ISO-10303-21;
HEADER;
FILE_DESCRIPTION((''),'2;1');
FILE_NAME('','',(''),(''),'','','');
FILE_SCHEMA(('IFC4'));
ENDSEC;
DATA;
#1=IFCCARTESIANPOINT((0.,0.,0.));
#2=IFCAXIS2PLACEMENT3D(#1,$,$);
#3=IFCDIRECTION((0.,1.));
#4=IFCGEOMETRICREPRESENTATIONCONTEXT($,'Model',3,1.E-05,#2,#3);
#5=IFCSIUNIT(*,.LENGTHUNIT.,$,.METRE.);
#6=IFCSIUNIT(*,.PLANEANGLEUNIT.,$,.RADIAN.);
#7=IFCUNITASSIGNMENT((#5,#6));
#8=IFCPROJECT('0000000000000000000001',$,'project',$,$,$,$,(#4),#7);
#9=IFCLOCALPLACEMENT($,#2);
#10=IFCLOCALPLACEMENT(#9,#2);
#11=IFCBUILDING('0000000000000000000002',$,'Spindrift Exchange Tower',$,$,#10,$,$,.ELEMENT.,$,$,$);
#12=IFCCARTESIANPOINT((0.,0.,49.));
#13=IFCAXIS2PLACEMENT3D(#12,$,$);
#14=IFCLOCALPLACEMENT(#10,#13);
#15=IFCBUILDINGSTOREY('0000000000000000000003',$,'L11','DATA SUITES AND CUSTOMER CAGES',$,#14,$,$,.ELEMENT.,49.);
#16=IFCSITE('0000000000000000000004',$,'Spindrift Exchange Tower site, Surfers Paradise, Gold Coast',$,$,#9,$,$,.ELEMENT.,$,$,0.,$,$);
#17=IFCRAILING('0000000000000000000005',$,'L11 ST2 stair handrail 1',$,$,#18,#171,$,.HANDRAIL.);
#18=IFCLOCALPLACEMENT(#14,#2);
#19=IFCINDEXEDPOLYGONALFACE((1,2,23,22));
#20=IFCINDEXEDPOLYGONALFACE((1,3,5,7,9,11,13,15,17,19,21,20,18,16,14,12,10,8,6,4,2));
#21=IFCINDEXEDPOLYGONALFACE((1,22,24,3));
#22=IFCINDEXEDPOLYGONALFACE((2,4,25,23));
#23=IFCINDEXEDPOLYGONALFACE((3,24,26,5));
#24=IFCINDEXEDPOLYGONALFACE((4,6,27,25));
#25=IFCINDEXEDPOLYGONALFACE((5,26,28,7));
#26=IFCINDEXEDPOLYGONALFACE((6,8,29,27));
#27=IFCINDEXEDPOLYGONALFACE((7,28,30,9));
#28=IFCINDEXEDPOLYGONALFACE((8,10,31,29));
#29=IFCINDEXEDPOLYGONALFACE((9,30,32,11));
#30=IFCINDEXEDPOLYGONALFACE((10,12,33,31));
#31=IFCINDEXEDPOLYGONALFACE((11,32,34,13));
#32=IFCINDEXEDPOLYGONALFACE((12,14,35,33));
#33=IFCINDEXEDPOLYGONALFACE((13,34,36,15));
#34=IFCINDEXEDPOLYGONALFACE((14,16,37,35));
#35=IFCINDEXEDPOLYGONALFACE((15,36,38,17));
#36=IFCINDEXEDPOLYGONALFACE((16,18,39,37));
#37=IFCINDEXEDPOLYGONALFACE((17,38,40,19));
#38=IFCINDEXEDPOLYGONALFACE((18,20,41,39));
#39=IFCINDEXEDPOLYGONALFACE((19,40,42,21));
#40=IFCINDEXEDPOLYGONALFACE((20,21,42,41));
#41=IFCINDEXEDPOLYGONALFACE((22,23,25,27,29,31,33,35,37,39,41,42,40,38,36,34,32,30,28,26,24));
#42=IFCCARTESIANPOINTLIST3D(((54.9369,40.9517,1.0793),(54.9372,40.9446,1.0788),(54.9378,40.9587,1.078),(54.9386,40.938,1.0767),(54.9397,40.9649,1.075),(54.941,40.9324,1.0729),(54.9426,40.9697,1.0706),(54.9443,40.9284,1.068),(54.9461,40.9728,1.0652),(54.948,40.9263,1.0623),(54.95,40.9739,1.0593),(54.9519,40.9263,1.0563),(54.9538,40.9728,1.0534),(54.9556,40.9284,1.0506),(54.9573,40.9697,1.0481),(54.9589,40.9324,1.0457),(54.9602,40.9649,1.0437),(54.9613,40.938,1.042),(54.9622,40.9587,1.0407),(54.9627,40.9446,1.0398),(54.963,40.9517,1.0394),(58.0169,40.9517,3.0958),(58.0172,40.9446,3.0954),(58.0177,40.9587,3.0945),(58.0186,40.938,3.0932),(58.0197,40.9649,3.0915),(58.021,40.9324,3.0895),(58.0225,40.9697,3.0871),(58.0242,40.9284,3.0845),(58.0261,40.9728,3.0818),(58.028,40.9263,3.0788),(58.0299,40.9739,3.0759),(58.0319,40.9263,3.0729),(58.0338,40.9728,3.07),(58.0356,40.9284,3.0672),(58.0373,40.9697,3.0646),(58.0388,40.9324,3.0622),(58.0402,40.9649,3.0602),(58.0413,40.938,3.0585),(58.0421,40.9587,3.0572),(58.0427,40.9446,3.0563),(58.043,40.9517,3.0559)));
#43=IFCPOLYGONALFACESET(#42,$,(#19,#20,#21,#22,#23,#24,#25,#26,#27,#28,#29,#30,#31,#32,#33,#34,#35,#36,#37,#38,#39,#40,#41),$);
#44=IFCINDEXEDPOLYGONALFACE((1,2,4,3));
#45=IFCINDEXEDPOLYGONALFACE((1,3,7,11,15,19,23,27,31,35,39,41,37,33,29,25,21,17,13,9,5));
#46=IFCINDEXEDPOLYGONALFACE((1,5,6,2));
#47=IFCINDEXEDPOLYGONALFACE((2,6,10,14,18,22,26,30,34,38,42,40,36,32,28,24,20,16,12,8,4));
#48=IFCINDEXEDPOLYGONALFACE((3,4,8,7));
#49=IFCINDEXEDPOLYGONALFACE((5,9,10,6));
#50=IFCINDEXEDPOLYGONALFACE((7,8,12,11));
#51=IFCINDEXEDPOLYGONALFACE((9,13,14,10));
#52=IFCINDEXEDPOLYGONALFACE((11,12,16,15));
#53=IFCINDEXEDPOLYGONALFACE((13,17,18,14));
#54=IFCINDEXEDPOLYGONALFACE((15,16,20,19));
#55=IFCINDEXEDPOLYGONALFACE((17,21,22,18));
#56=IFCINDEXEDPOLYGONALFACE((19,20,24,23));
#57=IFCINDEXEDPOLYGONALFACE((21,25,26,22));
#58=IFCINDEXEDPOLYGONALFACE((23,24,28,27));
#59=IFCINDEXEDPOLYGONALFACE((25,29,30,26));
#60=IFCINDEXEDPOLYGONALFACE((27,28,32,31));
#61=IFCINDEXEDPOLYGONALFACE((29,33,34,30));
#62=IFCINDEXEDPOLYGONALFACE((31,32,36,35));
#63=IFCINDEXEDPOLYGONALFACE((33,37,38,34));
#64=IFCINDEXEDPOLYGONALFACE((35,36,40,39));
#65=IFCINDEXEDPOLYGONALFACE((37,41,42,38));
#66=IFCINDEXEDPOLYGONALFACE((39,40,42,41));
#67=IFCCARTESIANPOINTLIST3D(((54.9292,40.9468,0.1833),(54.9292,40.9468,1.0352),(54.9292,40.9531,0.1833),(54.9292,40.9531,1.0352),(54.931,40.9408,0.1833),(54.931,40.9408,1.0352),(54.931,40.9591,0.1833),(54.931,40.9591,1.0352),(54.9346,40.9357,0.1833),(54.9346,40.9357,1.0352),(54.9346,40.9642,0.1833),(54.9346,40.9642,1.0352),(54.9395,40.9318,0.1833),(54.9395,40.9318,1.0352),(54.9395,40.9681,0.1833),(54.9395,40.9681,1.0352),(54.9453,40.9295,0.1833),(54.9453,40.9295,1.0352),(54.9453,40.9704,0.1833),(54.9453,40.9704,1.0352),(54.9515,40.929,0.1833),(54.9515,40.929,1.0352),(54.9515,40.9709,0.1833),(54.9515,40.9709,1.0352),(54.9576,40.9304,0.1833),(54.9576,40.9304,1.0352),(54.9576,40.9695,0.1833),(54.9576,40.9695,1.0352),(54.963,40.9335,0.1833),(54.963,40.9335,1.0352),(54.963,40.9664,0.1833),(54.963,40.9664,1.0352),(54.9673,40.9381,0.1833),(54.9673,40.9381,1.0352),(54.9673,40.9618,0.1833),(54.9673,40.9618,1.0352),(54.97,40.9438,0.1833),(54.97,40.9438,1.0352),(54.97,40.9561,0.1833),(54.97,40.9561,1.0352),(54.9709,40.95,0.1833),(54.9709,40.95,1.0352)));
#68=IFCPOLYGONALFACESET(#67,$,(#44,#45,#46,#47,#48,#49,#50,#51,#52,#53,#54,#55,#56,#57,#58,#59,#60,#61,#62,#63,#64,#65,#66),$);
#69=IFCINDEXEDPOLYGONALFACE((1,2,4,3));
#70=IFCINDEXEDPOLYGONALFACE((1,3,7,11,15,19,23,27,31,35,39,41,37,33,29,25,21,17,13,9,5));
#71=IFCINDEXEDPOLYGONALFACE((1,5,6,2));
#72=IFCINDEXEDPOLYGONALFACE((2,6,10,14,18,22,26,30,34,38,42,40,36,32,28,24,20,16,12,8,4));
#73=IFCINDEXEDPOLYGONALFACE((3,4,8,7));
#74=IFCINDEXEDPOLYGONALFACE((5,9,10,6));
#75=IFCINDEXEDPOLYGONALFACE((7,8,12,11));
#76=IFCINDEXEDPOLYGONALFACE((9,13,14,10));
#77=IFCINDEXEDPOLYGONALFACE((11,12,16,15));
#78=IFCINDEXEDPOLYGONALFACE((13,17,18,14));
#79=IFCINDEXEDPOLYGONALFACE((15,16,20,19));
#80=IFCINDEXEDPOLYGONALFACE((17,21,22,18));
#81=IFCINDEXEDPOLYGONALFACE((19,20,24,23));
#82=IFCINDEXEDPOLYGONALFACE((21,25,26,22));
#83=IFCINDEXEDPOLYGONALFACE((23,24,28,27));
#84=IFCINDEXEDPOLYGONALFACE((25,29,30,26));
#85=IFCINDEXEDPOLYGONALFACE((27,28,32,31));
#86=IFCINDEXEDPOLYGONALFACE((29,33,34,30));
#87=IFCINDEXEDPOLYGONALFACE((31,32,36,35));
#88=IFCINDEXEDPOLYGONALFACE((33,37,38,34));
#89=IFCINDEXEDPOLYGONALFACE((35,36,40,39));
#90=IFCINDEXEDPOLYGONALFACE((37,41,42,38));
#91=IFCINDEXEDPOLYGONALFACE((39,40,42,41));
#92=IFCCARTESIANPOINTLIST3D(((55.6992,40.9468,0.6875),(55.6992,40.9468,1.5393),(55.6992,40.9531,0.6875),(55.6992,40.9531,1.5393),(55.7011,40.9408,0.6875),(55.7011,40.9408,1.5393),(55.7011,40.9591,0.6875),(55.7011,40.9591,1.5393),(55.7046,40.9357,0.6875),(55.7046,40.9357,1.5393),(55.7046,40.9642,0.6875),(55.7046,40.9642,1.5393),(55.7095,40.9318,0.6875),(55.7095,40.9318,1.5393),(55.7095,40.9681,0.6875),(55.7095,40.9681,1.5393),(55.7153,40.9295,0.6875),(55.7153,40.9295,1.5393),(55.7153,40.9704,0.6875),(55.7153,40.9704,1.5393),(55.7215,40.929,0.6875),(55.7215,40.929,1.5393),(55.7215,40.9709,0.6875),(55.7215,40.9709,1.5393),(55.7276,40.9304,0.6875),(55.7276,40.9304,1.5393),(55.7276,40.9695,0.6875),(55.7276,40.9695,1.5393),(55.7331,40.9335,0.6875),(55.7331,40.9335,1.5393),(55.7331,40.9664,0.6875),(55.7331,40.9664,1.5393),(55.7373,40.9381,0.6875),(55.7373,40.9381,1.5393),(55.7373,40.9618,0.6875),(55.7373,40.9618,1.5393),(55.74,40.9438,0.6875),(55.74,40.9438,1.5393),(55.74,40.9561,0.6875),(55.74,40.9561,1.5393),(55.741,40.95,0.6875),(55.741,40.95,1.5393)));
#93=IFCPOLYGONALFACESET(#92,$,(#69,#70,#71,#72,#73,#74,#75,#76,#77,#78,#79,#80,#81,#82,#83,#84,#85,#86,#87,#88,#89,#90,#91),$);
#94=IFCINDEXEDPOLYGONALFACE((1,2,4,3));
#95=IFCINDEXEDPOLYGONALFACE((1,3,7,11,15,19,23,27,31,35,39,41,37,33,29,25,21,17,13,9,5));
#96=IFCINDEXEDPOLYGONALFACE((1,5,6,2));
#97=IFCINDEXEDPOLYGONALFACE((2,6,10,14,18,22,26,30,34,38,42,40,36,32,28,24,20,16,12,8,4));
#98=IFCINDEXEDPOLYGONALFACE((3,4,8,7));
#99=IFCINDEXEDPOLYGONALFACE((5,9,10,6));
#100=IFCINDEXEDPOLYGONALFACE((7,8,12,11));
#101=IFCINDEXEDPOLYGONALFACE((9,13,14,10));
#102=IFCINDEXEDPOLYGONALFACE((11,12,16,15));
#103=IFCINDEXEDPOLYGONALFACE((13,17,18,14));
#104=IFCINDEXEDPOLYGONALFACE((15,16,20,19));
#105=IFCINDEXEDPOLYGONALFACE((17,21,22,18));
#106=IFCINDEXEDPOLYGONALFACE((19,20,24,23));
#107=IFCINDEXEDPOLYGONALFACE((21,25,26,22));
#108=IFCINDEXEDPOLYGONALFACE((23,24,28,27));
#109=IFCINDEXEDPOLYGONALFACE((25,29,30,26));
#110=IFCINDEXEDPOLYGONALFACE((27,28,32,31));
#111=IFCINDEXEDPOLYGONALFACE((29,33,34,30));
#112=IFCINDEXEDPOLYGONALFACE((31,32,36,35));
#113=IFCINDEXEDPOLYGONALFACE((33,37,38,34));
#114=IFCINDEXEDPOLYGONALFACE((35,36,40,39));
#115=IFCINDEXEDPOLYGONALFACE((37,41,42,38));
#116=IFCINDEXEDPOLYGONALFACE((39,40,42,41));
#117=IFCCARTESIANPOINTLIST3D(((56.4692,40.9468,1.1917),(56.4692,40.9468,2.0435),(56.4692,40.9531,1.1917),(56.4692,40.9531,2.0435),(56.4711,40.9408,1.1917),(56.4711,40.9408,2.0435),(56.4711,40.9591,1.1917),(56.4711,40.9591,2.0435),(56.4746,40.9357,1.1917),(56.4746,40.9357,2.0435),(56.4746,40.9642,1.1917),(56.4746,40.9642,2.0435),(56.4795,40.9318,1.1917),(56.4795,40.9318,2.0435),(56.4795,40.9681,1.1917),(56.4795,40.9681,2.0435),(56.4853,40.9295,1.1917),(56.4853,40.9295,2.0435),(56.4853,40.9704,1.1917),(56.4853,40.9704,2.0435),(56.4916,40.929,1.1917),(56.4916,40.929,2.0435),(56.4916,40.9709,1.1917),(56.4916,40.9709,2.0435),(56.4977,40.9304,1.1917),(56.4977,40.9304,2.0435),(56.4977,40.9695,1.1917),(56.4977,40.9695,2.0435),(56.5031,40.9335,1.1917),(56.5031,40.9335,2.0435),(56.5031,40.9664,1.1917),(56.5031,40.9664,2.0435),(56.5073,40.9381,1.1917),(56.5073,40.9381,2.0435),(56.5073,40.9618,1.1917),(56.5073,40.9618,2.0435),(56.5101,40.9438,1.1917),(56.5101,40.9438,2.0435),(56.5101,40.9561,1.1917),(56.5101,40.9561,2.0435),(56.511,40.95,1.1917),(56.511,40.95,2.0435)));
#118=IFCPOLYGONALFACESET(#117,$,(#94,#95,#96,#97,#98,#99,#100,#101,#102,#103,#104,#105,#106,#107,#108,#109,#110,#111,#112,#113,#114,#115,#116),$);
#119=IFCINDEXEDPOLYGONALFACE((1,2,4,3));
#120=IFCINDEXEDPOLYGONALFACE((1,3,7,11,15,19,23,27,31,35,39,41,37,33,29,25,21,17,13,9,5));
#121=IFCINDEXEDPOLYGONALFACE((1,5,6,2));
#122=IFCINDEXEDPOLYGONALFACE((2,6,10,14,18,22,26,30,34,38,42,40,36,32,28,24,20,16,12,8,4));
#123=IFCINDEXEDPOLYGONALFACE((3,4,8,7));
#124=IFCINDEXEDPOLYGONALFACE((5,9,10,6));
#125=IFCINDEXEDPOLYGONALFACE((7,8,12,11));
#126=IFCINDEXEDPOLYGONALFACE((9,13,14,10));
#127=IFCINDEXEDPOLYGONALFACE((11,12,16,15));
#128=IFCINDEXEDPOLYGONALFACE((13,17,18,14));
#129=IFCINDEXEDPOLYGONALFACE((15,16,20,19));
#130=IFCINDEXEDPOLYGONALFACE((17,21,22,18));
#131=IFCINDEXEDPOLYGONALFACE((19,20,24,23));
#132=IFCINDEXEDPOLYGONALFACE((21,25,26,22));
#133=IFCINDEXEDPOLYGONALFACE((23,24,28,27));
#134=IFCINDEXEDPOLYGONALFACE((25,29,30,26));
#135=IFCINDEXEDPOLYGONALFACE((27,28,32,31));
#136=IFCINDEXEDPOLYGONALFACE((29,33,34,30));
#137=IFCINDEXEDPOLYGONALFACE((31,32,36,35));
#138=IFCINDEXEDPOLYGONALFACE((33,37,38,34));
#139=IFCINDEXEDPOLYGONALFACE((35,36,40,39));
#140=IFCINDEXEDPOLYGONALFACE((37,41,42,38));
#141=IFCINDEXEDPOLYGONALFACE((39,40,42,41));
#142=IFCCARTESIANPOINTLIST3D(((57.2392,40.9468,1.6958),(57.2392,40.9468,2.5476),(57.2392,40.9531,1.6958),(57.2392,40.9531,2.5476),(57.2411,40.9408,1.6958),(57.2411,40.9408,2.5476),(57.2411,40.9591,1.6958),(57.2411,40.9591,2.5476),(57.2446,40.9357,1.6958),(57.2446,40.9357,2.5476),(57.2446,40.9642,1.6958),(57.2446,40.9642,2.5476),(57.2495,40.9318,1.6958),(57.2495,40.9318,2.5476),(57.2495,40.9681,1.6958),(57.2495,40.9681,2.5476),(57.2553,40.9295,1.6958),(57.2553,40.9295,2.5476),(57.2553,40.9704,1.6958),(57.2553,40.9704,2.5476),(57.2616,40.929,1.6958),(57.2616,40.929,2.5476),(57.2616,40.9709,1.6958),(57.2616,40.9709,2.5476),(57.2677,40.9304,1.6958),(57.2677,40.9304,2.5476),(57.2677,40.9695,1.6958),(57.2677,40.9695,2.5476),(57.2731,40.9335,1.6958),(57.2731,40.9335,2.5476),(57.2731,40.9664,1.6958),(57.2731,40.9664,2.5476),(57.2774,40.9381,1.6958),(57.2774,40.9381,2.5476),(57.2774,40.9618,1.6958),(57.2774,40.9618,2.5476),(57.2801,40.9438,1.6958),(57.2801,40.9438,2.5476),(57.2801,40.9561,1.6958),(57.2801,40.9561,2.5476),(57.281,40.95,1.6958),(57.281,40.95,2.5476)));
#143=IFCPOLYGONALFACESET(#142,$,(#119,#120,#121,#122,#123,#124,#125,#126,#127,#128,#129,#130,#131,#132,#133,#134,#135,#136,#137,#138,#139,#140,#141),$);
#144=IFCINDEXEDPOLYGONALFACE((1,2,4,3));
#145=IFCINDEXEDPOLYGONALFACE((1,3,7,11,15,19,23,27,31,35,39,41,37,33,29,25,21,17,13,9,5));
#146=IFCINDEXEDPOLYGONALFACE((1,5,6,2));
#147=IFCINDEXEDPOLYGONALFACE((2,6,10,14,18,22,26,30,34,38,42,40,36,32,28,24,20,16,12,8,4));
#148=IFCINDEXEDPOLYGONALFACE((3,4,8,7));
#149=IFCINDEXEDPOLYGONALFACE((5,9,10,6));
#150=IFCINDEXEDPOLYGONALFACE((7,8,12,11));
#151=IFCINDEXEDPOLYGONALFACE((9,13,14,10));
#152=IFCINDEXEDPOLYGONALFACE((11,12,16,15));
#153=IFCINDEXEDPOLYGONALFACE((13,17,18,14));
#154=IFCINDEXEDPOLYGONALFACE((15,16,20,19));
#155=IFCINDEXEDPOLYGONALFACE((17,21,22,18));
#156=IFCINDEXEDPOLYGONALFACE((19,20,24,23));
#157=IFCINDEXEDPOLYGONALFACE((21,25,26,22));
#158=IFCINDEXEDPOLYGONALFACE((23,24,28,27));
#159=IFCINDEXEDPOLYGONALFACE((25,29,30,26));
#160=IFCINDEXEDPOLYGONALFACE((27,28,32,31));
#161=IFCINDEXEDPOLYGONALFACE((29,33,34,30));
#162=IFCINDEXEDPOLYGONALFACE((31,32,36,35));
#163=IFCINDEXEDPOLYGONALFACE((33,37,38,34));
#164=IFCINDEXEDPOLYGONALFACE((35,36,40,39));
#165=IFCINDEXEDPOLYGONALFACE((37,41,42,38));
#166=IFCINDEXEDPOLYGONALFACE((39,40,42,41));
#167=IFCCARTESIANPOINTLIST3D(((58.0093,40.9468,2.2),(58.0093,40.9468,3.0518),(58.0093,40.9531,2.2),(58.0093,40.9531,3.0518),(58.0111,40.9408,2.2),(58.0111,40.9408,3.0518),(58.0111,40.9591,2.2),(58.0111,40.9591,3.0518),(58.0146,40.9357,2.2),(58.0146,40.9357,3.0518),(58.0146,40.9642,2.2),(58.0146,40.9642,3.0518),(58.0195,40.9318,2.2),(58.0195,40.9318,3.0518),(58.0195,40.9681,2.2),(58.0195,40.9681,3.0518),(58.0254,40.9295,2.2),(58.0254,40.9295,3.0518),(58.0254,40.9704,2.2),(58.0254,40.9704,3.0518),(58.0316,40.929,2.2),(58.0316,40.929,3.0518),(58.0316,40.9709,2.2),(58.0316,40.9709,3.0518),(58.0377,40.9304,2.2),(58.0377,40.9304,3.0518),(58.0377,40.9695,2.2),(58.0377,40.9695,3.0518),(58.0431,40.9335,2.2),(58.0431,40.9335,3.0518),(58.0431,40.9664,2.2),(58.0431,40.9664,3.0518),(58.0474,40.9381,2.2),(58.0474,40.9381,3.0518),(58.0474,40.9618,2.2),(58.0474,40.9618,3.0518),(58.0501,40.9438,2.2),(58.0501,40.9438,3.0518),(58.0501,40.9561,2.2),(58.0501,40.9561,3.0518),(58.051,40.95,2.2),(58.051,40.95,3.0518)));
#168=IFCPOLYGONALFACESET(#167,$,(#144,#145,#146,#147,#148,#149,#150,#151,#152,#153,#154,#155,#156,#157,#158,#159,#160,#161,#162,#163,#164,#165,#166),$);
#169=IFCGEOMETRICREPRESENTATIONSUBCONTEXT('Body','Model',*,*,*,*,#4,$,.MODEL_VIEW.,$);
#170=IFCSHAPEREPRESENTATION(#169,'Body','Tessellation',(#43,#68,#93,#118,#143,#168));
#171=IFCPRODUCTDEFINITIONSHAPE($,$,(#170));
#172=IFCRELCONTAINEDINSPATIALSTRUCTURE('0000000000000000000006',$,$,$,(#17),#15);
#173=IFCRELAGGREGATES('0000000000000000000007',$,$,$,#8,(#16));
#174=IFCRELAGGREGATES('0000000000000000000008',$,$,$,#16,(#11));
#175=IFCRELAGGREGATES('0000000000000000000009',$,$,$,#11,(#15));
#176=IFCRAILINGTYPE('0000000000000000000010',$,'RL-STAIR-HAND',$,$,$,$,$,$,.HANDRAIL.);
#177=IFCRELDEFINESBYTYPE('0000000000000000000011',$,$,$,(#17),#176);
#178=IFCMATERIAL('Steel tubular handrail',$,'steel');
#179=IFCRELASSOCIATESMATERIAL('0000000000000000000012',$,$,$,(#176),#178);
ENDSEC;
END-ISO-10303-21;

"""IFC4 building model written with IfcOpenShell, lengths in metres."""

from ifc_helpers import new_model, si_unit, direction, frame, origin, origin_2d, place, context, subcontext, project, spatial, circle, extrude, material, type_object, element, save


model = new_model("IFC4")

# Units and contexts
model_context = context("Model", 3, precision=1e-05, world=origin(), true_north=direction((0.0, 1.0)))
body_context = subcontext(model_context, "Body", "Model", "MODEL_VIEW")
ifc_project = project(units=[si_unit("LENGTHUNIT", "METRE"), si_unit("PLANEANGLEUNIT", "RADIAN")], contexts=[model_context])

# Site, building, storey
site_placement = place(None, origin())
site = spatial("IfcSite", under=ifc_project, at=site_placement, Name="Spindrift Exchange Tower site, Surfers Paradise, Gold Coast", CompositionType="ELEMENT", RefElevation=0.0)
building_placement = place(site_placement, origin())
building = spatial("IfcBuilding", under=site, at=building_placement, Name="Spindrift Exchange Tower", CompositionType="ELEMENT")
storey_placement = place(building_placement, frame((0.0, 0.0, 49.0)))
storey = spatial("IfcBuildingStorey", under=building, at=storey_placement, Name="L11", Description="DATA SUITES AND CUSTOMER CAGES", CompositionType="ELEMENT", Elevation=49.0)

# Railing
ifc_material_1 = material(Name="Steel tubular handrail", Category="steel")
railing_type_1 = type_object("IfcRailingType", Name="RL-STAIR-HAND", PredefinedType="HANDRAIL", material=ifc_material_1)
railing_1_placement = place(storey_placement, frame((54.95, 40.95, 0.1833)))
element("IfcRailing", 1, at=railing_1_placement, inside=storey, type_object=railing_type_1, Name="L11 ST2 stair handrail 1", PredefinedType="HANDRAIL", context=body_context, shape_type="SweptSolid", body=[
    extrude(circle(Radius=0.0239, at=origin_2d()), frame((0.0, 0.0, 0.876), z_axis=(0.836633, 0.0, 0.547764), x_axis=(0.0, 1.0, 0.0)), (0.0, 0.0, 1.0), 3.6814),
    extrude(circle(Radius=0.021, at=origin_2d()), origin(), (0.0, 0.0, 1.0), 0.8518),
    extrude(circle(Radius=0.021, at=origin_2d()), frame((0.77, 0.0, 0.5042)), (0.0, 0.0, 1.0), 0.8518),
    extrude(circle(Radius=0.021, at=origin_2d()), frame((1.54, 0.0, 1.0083)), (0.0, 0.0, 1.0), 0.8518),
    extrude(circle(Radius=0.021, at=origin_2d()), frame((2.3101, 0.0, 1.5125)), (0.0, 0.0, 1.0), 0.8518),
    extrude(circle(Radius=0.021, at=origin_2d()), frame((3.0801, 0.0, 2.0166)), (0.0, 0.0, 1.0), 0.8518),
])

save(model, "model.ifc")
